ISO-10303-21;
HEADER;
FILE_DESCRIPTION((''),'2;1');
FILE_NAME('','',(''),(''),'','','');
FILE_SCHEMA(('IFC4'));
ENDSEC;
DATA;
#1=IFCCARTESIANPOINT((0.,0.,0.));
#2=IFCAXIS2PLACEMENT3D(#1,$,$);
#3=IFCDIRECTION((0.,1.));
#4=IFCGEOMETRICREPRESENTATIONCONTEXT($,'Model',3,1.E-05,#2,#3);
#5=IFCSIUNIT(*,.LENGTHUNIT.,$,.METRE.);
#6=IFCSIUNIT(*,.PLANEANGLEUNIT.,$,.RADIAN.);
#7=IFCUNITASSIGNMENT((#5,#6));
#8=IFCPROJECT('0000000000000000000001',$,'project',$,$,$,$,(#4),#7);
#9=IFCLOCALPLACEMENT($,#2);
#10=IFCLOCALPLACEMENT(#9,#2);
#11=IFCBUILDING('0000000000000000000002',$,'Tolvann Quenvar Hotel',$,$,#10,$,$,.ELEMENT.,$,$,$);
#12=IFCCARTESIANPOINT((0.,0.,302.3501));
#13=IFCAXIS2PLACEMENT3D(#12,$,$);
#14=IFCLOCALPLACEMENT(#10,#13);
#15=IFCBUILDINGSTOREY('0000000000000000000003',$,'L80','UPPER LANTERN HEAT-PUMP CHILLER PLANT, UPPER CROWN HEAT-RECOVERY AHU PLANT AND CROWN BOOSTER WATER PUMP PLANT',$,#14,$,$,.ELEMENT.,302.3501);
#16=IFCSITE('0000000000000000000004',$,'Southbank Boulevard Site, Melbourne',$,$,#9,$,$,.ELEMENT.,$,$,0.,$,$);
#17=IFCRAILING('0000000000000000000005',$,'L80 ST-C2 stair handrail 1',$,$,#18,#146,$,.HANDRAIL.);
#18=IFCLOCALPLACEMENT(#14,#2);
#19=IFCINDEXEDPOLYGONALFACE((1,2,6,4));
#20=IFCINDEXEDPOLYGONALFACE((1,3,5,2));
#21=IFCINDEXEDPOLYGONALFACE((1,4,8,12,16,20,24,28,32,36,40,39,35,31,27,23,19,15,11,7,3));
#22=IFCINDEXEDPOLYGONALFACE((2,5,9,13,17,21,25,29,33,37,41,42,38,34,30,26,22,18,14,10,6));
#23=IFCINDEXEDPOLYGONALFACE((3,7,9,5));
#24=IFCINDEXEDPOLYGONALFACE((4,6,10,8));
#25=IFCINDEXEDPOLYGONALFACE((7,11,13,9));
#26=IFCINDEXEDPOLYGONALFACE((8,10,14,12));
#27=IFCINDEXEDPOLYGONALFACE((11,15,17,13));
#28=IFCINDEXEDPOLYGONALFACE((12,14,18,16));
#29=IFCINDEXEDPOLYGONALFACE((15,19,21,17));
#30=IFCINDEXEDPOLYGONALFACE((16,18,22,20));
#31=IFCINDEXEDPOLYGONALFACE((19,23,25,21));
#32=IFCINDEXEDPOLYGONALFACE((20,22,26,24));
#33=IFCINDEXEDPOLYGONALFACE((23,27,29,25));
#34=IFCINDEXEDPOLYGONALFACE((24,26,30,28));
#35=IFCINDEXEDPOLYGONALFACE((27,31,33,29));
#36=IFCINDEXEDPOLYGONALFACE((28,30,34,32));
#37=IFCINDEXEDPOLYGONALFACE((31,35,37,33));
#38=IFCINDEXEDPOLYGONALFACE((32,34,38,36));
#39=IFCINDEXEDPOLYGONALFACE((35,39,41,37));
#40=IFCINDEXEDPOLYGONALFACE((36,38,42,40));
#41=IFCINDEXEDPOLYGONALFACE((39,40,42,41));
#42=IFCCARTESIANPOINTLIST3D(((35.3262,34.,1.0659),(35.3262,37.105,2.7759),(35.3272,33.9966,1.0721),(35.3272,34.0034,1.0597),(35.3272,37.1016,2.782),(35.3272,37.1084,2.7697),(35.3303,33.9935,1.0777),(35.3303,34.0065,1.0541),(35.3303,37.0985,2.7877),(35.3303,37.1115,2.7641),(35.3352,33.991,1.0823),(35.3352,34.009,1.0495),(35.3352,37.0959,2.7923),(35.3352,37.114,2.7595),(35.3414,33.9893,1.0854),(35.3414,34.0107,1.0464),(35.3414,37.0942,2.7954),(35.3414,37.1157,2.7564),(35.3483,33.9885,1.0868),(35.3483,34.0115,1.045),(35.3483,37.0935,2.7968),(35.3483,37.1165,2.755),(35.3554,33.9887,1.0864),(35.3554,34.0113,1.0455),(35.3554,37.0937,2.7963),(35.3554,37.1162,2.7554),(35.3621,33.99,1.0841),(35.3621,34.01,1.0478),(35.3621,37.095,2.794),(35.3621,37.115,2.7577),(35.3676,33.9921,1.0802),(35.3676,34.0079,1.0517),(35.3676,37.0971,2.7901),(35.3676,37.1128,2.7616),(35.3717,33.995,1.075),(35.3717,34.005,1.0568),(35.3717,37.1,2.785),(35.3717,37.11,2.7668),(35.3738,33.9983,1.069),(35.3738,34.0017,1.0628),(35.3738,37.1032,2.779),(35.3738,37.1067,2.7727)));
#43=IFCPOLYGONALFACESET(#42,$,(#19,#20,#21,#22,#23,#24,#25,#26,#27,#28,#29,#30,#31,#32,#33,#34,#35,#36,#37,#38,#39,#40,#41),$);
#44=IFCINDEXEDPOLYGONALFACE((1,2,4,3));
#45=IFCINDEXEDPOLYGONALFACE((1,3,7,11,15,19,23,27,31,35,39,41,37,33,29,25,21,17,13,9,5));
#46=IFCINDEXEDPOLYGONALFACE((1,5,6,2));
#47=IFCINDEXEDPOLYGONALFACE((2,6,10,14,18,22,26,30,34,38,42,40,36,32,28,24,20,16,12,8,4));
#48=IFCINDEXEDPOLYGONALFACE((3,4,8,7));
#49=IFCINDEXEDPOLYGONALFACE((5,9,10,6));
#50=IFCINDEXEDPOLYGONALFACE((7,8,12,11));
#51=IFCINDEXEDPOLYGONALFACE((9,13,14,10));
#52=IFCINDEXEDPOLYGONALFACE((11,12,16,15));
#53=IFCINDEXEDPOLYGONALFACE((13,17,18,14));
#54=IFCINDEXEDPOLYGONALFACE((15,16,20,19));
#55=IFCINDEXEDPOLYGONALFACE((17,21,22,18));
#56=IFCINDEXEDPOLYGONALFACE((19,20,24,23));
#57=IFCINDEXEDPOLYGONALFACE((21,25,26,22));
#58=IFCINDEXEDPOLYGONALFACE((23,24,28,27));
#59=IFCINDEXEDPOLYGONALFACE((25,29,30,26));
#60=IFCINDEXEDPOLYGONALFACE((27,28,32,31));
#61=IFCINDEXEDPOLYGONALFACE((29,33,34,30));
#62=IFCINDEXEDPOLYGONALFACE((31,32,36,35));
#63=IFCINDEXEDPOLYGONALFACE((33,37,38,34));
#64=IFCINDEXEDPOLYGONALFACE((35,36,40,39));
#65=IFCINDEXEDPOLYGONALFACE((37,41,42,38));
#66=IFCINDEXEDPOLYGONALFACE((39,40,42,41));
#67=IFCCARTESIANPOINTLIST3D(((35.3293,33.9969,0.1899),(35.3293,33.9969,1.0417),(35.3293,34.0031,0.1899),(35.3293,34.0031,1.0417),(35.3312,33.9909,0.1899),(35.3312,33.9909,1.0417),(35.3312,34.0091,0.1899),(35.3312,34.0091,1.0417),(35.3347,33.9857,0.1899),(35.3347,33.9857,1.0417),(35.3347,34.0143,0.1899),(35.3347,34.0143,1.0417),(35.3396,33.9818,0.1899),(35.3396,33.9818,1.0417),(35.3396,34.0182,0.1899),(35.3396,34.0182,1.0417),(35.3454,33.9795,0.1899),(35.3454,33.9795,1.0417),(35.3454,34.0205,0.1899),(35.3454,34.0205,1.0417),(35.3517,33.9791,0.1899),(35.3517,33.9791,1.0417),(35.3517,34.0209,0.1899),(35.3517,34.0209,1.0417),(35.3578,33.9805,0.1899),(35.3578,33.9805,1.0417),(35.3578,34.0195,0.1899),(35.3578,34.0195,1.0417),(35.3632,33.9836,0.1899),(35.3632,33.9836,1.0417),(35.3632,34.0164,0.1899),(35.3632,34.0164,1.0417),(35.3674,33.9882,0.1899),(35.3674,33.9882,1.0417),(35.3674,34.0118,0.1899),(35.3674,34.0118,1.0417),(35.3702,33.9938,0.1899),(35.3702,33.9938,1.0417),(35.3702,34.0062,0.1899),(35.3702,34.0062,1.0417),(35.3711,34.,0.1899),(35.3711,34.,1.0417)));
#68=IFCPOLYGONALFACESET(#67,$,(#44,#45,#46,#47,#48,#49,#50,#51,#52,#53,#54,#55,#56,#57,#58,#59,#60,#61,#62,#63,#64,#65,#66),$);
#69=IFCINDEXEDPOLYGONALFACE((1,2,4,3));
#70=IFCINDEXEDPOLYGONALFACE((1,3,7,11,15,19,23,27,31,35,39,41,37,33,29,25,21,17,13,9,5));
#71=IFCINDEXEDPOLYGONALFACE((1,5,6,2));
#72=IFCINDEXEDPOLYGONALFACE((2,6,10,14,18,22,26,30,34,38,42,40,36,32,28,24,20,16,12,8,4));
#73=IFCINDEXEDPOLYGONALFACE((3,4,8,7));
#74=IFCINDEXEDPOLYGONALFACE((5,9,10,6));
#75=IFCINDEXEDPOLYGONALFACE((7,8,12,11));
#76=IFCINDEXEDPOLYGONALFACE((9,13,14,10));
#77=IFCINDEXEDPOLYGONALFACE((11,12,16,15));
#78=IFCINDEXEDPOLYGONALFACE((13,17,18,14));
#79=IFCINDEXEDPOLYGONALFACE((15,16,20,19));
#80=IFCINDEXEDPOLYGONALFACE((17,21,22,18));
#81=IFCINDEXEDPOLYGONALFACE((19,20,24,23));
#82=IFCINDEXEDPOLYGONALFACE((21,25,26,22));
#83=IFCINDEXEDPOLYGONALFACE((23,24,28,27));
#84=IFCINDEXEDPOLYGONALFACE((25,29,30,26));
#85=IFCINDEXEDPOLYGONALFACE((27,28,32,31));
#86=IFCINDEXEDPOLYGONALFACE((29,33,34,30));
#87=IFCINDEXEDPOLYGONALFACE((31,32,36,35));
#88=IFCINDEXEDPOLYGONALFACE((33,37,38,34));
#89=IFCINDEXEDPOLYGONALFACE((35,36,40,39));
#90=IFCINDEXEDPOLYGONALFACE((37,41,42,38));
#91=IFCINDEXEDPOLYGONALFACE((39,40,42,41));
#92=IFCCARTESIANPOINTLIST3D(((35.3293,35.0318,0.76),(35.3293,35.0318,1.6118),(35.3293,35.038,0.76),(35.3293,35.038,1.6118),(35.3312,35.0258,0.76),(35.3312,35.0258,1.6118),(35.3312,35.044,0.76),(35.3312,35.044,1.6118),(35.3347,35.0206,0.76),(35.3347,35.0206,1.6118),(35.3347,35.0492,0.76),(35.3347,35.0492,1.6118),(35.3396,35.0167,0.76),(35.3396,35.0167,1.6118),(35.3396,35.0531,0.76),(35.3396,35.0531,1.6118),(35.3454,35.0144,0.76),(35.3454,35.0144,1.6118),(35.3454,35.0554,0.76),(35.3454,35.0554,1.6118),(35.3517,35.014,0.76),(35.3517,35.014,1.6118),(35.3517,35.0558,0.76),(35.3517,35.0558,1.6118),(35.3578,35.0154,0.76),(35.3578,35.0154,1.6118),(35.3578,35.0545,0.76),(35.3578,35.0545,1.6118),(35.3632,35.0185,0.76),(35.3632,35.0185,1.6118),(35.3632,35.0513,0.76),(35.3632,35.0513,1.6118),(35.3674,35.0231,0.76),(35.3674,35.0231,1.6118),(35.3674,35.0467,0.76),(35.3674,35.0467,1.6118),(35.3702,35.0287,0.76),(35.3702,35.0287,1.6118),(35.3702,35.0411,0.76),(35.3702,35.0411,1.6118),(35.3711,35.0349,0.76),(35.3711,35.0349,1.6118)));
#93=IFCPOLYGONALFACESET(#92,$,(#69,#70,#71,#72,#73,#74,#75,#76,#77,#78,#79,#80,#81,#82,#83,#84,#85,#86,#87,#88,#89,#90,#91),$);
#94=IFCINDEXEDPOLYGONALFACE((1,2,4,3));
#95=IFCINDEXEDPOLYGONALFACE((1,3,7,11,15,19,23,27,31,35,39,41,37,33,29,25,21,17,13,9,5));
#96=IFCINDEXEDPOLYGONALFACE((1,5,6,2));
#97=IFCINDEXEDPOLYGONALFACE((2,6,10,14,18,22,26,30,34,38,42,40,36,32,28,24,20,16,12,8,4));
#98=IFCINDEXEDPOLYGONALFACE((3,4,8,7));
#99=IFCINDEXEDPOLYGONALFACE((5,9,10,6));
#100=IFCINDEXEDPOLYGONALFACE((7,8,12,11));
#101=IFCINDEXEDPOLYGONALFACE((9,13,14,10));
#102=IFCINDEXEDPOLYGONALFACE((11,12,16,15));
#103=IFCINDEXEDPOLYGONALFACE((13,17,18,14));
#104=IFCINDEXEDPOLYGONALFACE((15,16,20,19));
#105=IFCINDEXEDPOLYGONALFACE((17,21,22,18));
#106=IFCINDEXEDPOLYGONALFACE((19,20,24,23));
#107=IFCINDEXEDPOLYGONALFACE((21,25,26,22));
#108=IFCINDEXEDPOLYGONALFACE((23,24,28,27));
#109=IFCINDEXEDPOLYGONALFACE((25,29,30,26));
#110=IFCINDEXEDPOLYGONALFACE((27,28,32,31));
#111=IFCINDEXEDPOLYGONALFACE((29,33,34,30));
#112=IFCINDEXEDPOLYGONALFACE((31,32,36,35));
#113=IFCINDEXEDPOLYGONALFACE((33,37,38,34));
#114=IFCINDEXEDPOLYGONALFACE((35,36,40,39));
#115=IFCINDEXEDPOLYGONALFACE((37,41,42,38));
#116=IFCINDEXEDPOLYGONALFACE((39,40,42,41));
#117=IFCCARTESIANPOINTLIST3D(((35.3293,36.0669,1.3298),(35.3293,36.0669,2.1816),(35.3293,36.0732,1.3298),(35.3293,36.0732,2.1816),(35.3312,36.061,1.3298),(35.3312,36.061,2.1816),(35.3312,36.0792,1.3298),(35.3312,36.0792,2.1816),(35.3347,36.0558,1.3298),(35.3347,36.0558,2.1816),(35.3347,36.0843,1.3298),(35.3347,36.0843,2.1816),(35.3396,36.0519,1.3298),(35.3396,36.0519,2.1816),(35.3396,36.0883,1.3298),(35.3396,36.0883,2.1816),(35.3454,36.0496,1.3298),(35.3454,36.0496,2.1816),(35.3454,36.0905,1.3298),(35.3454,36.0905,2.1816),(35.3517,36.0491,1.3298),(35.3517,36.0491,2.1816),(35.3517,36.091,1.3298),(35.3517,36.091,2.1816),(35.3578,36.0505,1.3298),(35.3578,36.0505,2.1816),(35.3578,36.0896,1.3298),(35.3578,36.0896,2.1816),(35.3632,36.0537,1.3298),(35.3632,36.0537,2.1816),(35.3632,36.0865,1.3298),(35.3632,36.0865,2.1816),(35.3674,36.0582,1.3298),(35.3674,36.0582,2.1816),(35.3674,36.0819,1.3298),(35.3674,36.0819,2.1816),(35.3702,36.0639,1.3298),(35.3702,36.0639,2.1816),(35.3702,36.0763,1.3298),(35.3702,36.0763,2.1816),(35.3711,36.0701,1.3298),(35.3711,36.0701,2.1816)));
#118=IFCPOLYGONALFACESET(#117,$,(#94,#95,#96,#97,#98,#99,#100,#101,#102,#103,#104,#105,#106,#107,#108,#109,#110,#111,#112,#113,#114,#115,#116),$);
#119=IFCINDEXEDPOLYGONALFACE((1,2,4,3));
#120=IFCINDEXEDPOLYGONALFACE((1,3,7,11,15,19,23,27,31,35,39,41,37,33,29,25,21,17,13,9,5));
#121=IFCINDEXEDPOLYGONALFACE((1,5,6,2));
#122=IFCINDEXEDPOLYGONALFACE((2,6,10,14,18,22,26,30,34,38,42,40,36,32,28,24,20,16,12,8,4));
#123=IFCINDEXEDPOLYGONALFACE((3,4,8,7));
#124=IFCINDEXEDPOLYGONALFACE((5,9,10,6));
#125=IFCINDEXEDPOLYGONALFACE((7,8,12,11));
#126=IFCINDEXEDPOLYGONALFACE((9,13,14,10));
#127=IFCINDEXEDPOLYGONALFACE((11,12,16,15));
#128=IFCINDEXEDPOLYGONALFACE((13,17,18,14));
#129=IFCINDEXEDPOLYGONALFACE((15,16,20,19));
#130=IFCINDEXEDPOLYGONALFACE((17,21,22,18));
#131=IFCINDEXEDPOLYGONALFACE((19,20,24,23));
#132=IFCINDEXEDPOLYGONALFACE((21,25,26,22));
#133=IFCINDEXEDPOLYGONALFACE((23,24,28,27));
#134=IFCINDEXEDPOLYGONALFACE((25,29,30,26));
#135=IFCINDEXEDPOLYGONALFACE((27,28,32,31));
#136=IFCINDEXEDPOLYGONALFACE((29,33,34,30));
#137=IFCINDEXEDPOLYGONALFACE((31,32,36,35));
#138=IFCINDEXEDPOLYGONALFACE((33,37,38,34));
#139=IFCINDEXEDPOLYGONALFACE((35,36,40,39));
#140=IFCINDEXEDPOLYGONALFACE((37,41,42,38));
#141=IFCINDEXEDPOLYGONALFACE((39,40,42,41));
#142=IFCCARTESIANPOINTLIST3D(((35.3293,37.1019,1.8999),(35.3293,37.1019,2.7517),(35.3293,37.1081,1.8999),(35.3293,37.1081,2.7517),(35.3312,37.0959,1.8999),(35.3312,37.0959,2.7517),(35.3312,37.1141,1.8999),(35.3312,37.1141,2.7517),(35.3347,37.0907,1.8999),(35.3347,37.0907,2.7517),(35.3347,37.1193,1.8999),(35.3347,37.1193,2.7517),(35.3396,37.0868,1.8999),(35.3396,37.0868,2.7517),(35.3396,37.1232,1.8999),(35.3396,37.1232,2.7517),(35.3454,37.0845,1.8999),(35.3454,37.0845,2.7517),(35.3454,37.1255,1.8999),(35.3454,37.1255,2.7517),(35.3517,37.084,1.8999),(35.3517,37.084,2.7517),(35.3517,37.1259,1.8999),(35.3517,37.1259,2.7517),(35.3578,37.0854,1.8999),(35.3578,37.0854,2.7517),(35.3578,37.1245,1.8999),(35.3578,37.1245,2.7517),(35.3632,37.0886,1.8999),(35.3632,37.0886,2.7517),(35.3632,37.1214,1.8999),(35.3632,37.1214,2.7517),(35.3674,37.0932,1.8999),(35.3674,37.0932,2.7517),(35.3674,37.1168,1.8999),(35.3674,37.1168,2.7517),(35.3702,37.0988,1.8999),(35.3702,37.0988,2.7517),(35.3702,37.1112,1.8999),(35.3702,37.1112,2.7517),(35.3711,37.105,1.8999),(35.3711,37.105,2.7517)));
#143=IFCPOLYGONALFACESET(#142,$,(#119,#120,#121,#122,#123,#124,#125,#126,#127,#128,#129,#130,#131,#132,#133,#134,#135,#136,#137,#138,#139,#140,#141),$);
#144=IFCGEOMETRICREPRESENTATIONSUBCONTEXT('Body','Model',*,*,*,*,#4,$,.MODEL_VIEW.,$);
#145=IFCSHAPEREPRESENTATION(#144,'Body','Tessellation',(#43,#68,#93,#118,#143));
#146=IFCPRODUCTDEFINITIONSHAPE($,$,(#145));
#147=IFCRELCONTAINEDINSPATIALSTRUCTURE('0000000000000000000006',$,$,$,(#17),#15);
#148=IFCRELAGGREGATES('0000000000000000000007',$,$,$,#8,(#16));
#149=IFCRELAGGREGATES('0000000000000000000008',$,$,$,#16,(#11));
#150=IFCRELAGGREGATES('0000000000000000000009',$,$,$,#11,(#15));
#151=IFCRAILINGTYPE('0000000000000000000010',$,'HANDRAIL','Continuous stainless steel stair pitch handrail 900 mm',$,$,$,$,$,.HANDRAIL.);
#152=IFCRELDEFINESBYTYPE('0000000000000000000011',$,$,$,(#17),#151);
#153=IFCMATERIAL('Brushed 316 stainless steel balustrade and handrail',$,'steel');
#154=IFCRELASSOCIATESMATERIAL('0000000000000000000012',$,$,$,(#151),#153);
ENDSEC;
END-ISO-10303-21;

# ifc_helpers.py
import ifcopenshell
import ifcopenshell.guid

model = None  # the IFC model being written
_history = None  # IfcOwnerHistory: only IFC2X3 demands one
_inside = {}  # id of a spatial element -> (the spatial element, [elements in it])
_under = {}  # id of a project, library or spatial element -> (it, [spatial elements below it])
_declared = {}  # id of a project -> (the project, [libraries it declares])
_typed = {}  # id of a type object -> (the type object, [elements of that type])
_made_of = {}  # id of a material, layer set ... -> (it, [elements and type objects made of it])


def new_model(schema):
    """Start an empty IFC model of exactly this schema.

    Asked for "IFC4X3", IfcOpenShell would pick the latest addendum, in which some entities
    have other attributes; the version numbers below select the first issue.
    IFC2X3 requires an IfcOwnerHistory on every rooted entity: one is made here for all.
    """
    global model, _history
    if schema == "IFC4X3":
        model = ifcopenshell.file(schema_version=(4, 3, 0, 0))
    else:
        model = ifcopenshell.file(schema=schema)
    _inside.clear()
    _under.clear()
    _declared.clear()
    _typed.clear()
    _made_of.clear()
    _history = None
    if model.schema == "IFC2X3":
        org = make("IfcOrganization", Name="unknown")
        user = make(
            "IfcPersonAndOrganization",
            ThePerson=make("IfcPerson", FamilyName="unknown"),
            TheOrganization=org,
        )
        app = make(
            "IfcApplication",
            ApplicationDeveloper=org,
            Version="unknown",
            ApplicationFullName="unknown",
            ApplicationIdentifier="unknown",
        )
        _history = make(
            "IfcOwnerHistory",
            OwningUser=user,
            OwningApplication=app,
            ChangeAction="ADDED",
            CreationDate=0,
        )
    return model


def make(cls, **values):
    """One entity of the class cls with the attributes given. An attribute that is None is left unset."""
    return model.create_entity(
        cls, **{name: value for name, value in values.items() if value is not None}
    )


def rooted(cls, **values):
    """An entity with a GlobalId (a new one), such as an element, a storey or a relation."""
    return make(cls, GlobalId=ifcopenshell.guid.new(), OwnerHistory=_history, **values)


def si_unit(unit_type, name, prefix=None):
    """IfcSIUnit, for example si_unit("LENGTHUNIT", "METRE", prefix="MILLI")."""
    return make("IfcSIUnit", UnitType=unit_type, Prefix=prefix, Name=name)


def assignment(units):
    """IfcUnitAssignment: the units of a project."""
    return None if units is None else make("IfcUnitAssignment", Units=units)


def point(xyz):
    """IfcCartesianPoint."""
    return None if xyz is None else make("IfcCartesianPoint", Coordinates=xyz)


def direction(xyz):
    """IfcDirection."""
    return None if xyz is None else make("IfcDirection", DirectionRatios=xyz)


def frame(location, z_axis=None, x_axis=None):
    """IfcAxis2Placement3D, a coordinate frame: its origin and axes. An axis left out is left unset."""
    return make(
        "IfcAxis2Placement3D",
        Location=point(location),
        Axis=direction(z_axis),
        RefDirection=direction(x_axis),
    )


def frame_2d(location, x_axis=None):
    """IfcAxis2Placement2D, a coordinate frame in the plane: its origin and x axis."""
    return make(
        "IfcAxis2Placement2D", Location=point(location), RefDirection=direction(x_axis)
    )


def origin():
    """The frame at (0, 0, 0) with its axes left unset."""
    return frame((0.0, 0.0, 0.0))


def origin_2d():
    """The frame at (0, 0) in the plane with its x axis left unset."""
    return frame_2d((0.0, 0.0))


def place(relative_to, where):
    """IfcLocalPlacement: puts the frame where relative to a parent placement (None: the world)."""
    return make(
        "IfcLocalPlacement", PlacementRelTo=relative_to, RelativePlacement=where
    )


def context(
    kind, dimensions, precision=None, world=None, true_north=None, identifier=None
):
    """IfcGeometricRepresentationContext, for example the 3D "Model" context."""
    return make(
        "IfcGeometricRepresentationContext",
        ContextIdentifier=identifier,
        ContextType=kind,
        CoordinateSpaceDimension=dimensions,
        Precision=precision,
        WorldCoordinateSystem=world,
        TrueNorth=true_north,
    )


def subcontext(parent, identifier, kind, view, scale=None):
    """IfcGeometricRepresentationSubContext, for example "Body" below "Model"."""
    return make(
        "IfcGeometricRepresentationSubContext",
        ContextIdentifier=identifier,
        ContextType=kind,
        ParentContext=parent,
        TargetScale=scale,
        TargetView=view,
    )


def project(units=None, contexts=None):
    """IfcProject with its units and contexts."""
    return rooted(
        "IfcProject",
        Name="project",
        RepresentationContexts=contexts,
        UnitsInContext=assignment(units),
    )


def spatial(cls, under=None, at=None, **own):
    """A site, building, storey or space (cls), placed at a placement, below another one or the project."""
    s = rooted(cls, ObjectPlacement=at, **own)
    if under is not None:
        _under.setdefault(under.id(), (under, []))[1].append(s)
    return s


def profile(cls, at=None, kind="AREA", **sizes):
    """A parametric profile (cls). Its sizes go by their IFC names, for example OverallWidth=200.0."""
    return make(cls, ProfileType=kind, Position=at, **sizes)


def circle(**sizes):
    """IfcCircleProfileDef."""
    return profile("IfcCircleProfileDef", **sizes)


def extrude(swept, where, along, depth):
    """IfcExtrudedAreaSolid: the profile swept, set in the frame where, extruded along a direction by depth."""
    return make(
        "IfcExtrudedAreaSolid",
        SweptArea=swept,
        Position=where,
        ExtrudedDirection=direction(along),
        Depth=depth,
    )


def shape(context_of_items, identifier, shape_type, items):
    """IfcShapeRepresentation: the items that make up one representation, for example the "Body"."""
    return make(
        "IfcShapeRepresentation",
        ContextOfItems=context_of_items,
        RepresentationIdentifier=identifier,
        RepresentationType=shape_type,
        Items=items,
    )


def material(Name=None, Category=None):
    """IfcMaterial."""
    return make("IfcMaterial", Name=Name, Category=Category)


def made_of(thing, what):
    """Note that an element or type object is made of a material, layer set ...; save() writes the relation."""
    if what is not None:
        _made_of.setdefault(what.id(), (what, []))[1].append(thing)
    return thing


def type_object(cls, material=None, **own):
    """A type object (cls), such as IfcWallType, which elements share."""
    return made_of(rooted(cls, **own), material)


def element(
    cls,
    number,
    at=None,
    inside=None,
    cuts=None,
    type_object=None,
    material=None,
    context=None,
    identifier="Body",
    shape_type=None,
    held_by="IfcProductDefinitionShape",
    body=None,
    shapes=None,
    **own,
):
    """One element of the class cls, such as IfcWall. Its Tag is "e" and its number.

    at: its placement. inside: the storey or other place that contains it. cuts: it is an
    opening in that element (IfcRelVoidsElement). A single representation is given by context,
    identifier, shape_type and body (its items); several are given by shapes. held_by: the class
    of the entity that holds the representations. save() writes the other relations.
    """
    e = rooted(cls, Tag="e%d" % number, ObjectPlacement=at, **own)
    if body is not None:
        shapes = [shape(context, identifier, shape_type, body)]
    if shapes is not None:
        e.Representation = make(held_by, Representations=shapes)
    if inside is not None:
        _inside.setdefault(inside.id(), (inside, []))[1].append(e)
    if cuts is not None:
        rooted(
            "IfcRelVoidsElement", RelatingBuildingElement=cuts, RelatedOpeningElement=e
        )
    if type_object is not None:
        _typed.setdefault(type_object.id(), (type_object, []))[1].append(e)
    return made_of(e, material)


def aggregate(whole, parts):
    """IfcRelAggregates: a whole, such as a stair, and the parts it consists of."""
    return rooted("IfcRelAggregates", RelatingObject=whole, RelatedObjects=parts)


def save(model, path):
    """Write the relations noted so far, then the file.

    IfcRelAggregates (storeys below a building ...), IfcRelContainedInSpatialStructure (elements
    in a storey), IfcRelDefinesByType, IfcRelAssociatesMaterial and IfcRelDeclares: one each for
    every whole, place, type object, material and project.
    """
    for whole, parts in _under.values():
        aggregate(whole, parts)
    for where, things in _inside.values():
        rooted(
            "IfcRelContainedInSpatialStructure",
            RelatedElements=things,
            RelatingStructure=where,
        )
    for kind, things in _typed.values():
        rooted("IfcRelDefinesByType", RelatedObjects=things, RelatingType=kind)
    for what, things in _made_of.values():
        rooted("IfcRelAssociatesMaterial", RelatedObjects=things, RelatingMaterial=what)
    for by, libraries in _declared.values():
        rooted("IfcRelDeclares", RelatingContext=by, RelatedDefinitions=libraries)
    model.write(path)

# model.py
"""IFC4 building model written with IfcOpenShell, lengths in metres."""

from ifc_helpers import new_model, si_unit, direction, frame, origin, origin_2d, place, context, subcontext, project, spatial, circle, extrude, material, type_object, element, save


model = new_model("IFC4")

# Units and contexts
model_context = context("Model", 3, precision=1e-05, world=origin(), true_north=direction((0.0, 1.0)))
body_context = subcontext(model_context, "Body", "Model", "MODEL_VIEW")
ifc_project = project(units=[si_unit("LENGTHUNIT", "METRE"), si_unit("PLANEANGLEUNIT", "RADIAN")], contexts=[model_context])

# Site, building, storey
site_placement = place(None, origin())
site = spatial("IfcSite", under=ifc_project, at=site_placement, Name="Southbank Boulevard Site, Melbourne", CompositionType="ELEMENT", RefElevation=0.0)
building_placement = place(site_placement, origin())
building = spatial("IfcBuilding", under=site, at=building_placement, Name="Tolvann Quenvar Hotel", CompositionType="ELEMENT")
storey_placement = place(building_placement, frame((0.0, 0.0, 302.3501)))
storey = spatial("IfcBuildingStorey", under=building, at=storey_placement, Name="L80", Description="UPPER LANTERN HEAT-PUMP CHILLER PLANT, UPPER CROWN HEAT-RECOVERY AHU PLANT AND CROWN BOOSTER WATER PUMP PLANT", CompositionType="ELEMENT", Elevation=302.3501)

# Railing
ifc_material_1 = material(Name="Brushed 316 stainless steel balustrade and handrail", Category="steel")
railing_type_1 = type_object("IfcRailingType", Name="HANDRAIL", Description="Continuous stainless steel stair pitch handrail 900 mm", PredefinedType="HANDRAIL", material=ifc_material_1)
railing_1_placement = place(storey_placement, frame((35.3501, 34.0, 0.1899)))
element("IfcRailing", 1, at=railing_1_placement, inside=storey, type_object=railing_type_1, Name="L80 ST-C2 stair handrail 1", PredefinedType="HANDRAIL", context=body_context, shape_type="SweptSolid", body=[
    extrude(circle(Radius=0.0239, at=origin_2d()), frame((0.0, 0.0, 0.876), z_axis=(0.0, 0.875951, 0.4824), x_axis=(-1.0, 0.0, 0.0)), (0.0, 0.0, 1.0), 3.5447),
    extrude(circle(Radius=0.021, at=origin_2d()), origin(), (0.0, 0.0, 1.0), 0.8518),
    extrude(circle(Radius=0.021, at=origin_2d()), frame((0.0, 1.0349, 0.5701)), (0.0, 0.0, 1.0), 0.8518),
    extrude(circle(Radius=0.021, at=origin_2d()), frame((0.0, 2.0701, 1.1399)), (0.0, 0.0, 1.0), 0.8518),
    extrude(circle(Radius=0.021, at=origin_2d()), frame((0.0, 3.105, 1.71)), (0.0, 0.0, 1.0), 0.8518),
])

save(model, "model.ifc")
